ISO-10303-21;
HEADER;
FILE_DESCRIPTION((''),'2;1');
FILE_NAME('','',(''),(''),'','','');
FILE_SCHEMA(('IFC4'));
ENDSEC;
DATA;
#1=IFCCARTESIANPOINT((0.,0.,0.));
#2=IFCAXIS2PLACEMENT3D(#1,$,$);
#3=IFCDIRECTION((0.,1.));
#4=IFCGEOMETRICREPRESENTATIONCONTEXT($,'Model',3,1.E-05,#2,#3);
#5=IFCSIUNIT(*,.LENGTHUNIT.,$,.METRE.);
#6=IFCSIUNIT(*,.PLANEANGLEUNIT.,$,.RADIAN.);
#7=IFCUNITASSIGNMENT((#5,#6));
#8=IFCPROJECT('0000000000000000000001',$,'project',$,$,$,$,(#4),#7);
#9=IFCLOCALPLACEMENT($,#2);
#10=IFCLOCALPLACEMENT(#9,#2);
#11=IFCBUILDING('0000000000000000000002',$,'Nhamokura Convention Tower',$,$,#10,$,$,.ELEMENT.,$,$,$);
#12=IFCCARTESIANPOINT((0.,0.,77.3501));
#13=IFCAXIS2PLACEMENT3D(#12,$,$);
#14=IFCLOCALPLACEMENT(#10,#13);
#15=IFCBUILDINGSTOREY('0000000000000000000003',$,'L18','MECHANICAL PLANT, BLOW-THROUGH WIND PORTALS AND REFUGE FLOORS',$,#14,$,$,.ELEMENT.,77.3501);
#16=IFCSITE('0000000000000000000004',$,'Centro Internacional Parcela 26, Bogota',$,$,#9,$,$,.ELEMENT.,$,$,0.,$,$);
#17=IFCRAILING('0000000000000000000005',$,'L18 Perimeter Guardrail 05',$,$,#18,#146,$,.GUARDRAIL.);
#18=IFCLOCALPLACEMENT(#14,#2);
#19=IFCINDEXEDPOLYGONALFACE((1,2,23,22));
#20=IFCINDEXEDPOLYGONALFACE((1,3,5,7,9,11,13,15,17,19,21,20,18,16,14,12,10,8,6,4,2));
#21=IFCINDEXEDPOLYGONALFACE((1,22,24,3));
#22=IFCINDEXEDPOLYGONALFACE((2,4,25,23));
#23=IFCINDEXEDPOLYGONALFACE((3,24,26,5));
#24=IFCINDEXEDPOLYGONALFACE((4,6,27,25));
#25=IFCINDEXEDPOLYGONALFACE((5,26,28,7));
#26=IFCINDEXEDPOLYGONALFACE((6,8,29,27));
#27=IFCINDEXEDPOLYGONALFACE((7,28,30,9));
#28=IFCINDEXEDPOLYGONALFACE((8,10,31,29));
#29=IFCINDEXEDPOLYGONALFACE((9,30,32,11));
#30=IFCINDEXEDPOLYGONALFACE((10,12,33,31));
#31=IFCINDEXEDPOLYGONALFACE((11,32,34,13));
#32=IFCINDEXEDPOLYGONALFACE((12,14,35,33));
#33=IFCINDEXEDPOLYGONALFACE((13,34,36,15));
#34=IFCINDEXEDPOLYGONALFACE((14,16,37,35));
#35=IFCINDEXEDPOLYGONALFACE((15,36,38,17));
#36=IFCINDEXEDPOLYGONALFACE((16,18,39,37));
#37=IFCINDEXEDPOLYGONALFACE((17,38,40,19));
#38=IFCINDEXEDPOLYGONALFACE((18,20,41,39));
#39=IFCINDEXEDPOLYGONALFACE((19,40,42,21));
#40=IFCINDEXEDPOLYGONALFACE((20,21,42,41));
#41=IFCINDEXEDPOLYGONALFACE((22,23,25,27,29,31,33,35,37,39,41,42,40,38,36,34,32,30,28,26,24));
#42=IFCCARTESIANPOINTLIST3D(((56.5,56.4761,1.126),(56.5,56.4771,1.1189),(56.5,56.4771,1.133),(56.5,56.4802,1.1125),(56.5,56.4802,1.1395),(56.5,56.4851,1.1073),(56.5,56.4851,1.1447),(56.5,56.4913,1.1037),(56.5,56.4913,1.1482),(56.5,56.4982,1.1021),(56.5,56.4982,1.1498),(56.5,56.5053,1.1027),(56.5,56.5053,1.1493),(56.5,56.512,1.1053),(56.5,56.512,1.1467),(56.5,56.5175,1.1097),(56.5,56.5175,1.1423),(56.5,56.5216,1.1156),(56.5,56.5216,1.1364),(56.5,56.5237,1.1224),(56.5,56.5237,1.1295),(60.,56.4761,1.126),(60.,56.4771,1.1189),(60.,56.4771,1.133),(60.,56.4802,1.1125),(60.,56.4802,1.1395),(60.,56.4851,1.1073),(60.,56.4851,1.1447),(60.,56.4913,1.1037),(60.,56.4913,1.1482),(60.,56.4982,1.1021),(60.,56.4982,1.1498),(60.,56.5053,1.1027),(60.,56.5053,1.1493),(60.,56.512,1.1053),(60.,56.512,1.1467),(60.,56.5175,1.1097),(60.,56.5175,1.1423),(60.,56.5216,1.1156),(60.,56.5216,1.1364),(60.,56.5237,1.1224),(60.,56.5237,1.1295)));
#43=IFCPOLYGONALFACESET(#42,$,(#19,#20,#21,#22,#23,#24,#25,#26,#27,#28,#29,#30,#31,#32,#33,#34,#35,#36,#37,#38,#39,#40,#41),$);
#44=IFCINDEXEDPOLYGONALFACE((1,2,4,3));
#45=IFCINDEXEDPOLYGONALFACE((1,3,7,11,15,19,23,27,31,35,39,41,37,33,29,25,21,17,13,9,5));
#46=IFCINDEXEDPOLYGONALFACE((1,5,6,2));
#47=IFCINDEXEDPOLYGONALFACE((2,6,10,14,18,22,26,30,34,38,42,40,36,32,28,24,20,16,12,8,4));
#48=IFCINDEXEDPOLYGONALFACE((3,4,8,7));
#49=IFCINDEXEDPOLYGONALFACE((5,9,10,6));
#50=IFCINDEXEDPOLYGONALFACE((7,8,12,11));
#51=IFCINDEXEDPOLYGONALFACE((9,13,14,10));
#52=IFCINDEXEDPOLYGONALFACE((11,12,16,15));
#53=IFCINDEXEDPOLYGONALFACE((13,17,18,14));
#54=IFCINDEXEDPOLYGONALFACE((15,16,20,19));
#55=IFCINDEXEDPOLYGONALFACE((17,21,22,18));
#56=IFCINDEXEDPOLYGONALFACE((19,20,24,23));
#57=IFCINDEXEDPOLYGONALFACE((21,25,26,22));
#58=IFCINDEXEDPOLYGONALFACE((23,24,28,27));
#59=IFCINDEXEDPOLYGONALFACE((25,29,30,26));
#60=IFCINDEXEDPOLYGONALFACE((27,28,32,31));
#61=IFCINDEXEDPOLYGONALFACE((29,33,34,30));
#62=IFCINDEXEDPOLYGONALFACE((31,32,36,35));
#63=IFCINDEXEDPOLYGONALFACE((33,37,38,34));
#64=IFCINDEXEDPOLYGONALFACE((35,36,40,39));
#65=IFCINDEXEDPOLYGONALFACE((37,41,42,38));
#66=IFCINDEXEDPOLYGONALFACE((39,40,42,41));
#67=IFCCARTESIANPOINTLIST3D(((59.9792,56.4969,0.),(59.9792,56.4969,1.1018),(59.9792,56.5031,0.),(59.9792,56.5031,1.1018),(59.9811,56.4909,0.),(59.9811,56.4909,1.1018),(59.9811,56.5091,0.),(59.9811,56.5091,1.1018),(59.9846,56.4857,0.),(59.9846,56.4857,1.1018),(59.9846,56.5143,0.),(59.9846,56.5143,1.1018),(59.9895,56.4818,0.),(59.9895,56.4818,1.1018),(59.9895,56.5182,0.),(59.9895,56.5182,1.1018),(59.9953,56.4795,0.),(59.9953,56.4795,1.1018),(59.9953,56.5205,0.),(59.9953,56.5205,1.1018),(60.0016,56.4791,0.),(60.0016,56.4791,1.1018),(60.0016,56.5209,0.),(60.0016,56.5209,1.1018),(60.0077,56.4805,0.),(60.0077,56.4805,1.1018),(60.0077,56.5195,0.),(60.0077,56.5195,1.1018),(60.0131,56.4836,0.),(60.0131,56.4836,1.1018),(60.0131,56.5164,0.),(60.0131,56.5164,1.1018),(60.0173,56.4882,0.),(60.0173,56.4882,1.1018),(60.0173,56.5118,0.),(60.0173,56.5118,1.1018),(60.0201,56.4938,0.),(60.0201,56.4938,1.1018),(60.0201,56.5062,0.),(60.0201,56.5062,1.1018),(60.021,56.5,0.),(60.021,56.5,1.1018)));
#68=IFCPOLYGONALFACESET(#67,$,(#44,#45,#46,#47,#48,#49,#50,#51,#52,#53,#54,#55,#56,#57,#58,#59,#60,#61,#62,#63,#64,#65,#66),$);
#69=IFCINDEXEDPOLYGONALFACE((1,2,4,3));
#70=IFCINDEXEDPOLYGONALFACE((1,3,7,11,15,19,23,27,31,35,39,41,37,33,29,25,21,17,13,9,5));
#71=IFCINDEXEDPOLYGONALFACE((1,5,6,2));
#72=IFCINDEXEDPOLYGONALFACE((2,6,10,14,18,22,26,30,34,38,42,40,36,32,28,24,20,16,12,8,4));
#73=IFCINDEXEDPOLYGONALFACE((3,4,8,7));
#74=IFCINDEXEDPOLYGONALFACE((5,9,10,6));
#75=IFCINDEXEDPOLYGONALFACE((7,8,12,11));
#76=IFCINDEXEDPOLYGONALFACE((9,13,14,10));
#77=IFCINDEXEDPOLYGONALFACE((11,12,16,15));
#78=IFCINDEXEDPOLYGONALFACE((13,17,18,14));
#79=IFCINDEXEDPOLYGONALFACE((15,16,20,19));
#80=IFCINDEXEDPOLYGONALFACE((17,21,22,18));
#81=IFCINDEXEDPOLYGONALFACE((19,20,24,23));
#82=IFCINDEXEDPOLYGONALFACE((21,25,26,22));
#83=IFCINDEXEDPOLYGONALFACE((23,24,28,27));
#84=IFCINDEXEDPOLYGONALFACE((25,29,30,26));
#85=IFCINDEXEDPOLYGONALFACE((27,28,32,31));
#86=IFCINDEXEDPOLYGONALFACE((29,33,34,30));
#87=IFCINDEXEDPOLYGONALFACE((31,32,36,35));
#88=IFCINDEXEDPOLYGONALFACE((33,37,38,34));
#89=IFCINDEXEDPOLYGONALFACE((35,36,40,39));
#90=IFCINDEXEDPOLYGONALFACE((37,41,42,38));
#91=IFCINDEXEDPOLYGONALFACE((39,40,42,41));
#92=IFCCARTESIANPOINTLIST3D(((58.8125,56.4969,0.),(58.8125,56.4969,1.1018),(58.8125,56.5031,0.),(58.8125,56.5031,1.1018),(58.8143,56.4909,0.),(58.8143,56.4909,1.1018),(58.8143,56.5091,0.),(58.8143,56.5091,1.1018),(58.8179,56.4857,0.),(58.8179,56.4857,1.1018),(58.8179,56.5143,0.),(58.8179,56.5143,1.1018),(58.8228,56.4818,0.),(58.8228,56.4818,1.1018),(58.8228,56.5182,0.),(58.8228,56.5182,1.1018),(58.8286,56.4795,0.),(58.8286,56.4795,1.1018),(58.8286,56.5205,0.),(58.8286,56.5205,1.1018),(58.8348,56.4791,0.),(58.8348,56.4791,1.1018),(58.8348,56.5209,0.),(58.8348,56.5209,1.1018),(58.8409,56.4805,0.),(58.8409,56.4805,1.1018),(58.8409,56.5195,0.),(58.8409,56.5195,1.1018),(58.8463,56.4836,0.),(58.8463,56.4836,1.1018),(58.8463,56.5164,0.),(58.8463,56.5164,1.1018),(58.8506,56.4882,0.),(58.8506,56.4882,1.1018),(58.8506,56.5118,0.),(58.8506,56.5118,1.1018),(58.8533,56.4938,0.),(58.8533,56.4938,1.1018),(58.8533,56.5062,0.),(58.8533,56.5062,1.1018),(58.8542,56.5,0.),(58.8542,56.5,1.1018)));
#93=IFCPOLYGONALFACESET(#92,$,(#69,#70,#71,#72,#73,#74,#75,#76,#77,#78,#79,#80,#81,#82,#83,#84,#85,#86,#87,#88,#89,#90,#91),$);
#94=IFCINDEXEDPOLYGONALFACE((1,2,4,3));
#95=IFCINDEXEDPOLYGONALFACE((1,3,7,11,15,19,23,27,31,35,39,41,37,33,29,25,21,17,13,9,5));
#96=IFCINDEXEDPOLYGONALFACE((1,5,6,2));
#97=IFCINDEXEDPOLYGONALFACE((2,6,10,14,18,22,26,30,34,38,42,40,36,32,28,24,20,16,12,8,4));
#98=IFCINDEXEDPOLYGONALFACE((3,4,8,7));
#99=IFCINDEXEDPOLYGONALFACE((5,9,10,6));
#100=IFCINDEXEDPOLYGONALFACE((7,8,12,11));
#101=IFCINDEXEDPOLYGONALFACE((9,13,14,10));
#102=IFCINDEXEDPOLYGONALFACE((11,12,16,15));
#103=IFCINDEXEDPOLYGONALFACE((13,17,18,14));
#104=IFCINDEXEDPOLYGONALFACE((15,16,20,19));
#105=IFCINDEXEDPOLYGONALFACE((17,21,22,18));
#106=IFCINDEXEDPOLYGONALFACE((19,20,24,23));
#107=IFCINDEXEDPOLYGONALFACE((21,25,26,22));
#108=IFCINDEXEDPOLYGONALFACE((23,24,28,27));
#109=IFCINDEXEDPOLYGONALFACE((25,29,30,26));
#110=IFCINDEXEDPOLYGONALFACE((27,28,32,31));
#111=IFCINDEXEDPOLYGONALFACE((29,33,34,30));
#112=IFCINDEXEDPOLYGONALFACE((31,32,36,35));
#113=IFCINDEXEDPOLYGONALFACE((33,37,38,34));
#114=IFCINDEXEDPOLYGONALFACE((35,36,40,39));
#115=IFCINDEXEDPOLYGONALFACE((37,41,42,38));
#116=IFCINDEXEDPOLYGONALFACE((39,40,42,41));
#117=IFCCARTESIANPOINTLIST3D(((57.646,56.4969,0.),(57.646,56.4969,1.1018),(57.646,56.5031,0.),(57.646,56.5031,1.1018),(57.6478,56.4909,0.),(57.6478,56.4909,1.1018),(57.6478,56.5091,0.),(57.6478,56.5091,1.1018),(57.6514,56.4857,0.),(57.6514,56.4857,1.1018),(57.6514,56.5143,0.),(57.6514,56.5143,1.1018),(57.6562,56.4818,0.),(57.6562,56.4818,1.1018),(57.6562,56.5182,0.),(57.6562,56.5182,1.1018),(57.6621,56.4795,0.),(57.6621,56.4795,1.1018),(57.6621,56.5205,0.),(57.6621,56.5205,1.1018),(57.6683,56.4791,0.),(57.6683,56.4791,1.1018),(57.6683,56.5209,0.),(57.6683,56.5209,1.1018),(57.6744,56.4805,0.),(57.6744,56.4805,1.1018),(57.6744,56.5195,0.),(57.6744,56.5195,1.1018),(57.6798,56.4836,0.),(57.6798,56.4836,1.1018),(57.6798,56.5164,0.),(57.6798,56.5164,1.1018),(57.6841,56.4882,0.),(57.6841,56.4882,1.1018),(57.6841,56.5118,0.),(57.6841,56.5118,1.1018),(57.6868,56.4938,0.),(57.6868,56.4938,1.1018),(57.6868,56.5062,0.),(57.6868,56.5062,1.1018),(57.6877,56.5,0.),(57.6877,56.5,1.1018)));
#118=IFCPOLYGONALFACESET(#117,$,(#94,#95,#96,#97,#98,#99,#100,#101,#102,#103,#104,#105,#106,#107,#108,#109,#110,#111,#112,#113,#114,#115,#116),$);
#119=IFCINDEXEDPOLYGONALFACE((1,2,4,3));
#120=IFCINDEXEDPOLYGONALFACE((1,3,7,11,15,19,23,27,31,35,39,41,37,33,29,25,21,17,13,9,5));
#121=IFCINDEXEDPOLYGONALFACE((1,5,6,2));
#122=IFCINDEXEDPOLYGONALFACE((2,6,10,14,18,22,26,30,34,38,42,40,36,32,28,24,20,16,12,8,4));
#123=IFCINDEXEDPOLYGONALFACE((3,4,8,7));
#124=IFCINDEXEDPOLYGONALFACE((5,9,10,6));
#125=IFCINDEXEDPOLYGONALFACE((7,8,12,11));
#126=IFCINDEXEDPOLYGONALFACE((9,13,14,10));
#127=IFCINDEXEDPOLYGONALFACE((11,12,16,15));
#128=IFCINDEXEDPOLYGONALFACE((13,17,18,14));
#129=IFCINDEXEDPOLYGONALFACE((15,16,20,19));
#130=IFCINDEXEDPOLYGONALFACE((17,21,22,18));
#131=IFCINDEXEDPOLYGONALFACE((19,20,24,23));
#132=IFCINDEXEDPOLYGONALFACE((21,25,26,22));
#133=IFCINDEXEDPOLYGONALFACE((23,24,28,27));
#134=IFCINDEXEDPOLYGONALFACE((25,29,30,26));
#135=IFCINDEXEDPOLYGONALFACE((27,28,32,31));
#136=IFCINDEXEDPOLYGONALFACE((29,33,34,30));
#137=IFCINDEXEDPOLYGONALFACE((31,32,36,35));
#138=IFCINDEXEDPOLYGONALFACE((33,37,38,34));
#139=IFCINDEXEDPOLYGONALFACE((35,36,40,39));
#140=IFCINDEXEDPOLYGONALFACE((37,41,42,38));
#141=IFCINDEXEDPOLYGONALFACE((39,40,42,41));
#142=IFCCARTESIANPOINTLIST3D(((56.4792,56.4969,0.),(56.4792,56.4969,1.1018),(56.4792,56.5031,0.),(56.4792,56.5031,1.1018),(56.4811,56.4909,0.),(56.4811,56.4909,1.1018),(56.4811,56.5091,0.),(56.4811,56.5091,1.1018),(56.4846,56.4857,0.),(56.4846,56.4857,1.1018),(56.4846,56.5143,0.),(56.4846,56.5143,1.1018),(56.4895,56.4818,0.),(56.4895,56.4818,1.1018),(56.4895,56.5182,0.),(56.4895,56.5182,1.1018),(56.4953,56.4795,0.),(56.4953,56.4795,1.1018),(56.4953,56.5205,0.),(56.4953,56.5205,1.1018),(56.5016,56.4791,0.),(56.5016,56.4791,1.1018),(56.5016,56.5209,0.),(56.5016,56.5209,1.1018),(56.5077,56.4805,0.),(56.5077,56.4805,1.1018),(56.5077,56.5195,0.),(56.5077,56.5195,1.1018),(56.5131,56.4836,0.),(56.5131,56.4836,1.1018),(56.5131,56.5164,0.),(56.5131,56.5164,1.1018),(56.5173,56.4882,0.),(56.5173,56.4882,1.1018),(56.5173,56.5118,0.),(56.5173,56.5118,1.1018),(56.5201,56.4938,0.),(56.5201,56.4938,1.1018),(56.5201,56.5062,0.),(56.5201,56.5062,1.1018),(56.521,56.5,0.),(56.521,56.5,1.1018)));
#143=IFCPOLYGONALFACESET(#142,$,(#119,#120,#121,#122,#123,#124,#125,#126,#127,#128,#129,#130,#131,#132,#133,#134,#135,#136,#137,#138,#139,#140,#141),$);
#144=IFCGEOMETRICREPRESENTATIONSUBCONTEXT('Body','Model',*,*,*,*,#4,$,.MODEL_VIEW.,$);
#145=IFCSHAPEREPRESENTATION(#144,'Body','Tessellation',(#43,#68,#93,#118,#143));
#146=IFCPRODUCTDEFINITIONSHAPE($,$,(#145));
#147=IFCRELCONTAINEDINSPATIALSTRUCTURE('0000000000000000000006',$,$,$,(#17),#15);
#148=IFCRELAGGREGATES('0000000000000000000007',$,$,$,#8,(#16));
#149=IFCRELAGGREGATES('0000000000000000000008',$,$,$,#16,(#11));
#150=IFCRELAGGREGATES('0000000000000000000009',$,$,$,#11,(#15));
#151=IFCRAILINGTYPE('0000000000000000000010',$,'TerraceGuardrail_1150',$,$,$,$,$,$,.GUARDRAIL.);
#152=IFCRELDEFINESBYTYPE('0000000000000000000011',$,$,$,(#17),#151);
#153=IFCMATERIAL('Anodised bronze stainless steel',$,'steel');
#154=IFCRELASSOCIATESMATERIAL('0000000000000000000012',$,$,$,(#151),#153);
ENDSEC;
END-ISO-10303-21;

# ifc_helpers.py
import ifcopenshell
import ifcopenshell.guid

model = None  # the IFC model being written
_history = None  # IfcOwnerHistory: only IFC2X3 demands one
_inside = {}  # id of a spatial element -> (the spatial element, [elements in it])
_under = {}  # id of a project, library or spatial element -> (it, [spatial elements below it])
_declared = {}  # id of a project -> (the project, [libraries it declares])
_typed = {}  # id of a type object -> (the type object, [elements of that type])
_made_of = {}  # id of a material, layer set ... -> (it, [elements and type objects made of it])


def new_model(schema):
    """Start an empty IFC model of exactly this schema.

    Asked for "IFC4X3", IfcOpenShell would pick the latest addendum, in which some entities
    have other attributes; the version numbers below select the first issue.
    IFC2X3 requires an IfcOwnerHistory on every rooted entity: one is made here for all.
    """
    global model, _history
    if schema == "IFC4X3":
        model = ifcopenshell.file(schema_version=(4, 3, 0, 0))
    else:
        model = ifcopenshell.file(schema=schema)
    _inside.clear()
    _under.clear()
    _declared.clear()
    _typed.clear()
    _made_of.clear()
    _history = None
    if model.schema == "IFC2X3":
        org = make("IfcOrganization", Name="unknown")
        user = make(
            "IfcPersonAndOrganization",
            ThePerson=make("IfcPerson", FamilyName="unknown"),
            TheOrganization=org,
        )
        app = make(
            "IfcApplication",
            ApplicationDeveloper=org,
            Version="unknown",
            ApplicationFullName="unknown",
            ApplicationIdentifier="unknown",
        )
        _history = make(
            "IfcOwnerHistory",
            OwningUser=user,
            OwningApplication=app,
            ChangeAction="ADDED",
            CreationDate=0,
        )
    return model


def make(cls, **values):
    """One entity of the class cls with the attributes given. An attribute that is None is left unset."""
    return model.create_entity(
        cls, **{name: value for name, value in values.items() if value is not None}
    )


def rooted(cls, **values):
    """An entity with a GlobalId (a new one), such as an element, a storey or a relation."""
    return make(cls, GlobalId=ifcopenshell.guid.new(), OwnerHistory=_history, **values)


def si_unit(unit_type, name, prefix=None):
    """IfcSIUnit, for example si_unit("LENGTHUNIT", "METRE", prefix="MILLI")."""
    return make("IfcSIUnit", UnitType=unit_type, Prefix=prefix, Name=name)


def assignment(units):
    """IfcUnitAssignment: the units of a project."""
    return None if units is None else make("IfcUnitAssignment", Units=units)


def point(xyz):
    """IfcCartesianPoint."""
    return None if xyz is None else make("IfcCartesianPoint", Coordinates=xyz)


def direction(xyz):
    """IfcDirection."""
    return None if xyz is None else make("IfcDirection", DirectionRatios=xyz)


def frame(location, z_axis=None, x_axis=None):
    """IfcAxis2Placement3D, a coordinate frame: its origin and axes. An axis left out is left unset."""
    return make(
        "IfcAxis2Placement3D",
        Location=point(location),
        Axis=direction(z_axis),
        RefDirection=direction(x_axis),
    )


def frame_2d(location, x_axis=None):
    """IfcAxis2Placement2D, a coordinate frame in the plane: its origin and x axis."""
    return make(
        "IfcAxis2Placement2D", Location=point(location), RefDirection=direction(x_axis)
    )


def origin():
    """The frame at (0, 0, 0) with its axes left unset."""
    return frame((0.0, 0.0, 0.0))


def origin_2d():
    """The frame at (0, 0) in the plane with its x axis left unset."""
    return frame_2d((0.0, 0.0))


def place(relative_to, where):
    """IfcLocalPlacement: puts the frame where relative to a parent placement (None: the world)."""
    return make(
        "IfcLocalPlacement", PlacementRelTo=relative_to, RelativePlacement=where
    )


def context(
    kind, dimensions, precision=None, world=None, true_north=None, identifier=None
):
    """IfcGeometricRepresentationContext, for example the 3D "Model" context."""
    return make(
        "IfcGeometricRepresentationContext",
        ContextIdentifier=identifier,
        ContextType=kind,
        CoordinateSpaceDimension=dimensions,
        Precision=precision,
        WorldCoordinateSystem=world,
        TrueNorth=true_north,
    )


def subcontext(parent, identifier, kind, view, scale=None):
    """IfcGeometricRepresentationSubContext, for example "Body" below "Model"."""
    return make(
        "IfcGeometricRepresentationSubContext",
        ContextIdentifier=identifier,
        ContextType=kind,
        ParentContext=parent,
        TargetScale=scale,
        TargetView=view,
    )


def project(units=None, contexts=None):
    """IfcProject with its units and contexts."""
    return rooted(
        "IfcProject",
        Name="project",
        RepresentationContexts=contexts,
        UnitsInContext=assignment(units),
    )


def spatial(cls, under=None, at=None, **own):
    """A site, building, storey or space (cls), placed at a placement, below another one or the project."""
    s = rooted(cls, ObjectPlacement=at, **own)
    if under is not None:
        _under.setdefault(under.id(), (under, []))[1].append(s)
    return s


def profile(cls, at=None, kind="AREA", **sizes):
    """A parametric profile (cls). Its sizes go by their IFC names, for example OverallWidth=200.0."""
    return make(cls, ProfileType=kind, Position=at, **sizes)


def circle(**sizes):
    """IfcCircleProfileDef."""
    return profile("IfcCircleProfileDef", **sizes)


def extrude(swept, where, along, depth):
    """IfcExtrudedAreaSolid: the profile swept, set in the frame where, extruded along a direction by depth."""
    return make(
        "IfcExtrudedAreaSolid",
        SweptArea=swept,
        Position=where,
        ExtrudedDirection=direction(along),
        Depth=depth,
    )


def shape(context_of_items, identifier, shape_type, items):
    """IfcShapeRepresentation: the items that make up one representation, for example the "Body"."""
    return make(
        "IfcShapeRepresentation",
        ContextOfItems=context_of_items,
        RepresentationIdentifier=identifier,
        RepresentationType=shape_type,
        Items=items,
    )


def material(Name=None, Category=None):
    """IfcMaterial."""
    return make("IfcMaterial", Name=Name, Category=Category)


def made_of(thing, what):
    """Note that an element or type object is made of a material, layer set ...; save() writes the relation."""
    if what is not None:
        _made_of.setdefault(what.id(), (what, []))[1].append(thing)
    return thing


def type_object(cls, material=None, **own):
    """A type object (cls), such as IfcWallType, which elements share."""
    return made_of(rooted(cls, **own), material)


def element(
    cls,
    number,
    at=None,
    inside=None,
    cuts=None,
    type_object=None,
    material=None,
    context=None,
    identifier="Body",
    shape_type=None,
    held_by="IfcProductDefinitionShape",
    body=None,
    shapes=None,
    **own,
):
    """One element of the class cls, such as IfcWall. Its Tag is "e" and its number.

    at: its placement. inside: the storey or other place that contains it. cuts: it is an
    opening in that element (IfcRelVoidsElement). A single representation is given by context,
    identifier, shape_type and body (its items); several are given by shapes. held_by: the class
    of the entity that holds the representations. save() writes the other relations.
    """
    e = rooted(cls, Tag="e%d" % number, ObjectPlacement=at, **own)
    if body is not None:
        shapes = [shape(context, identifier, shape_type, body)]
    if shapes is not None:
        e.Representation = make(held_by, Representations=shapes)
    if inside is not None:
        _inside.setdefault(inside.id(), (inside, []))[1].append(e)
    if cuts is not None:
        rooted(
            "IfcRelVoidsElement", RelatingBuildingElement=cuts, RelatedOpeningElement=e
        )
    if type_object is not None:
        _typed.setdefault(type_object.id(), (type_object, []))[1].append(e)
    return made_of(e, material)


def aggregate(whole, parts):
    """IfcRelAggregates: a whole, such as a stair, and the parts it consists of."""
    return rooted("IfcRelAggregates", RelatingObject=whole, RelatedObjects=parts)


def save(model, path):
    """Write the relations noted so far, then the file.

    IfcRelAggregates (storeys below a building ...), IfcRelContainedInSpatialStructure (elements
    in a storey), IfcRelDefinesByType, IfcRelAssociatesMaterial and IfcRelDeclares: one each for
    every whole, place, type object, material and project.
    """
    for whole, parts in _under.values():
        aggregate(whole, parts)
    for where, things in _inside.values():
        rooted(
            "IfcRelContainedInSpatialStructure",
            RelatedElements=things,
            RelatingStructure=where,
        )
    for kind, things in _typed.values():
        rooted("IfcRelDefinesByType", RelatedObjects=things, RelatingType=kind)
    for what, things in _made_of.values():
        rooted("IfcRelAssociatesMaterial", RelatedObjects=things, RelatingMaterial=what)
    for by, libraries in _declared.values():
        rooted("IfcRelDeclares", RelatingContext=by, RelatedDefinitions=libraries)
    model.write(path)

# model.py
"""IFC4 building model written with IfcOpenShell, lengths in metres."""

from ifc_helpers import new_model, si_unit, direction, frame, origin, origin_2d, place, context, subcontext, project, spatial, circle, extrude, material, type_object, element, save


model = new_model("IFC4")

# Units and contexts
model_context = context("Model", 3, precision=1e-05, world=origin(), true_north=direction((0.0, 1.0)))
body_context = subcontext(model_context, "Body", "Model", "MODEL_VIEW")
ifc_project = project(units=[si_unit("LENGTHUNIT", "METRE"), si_unit("PLANEANGLEUNIT", "RADIAN")], contexts=[model_context])

# Site, building, storey
site_placement = place(None, origin())
site = spatial("IfcSite", under=ifc_project, at=site_placement, Name="Centro Internacional Parcela 26, Bogota", CompositionType="ELEMENT", RefElevation=0.0)
building_placement = place(site_placement, origin())
building = spatial("IfcBuilding", under=site, at=building_placement, Name="Nhamokura Convention Tower", CompositionType="ELEMENT")
storey_placement = place(building_placement, frame((0.0, 0.0, 77.3501)))
storey = spatial("IfcBuildingStorey", under=building, at=storey_placement, Name="L18", Description="MECHANICAL PLANT, BLOW-THROUGH WIND PORTALS AND REFUGE FLOORS", CompositionType="ELEMENT", Elevation=77.3501)

# Railing
ifc_material_1 = material(Name="Anodised bronze stainless steel", Category="steel")
railing_type = type_object("IfcRailingType", Name="TerraceGuardrail_1150", PredefinedType="GUARDRAIL", material=ifc_material_1)
railing_1_placement = place(storey_placement, frame((60.0, 56.5, 0.0)))
element("IfcRailing", 1, at=railing_1_placement, inside=storey, type_object=railing_type, Name="L18 Perimeter Guardrail 05", PredefinedType="GUARDRAIL", context=body_context, shape_type="SweptSolid", body=[
    extrude(circle(Radius=0.0239, at=origin_2d()), frame((0.0, 0.0, 1.126), z_axis=(-1.0, 0.0, 0.0), x_axis=(0.0, -1.0, 0.0)), (0.0, 0.0, 1.0), 3.5),
    extrude(circle(Radius=0.021, at=origin_2d()), origin(), (0.0, 0.0, 1.0), 1.1018),
    extrude(circle(Radius=0.021, at=origin_2d()), frame((-1.1667, 0.0, 0.0)), (0.0, 0.0, 1.0), 1.1018),
    extrude(circle(Radius=0.021, at=origin_2d()), frame((-2.3333, 0.0, 0.0)), (0.0, 0.0, 1.0), 1.1018),
    extrude(circle(Radius=0.021, at=origin_2d()), frame((-3.5, 0.0, 0.0)), (0.0, 0.0, 1.0), 1.1018),
])

save(model, "model.ifc")
